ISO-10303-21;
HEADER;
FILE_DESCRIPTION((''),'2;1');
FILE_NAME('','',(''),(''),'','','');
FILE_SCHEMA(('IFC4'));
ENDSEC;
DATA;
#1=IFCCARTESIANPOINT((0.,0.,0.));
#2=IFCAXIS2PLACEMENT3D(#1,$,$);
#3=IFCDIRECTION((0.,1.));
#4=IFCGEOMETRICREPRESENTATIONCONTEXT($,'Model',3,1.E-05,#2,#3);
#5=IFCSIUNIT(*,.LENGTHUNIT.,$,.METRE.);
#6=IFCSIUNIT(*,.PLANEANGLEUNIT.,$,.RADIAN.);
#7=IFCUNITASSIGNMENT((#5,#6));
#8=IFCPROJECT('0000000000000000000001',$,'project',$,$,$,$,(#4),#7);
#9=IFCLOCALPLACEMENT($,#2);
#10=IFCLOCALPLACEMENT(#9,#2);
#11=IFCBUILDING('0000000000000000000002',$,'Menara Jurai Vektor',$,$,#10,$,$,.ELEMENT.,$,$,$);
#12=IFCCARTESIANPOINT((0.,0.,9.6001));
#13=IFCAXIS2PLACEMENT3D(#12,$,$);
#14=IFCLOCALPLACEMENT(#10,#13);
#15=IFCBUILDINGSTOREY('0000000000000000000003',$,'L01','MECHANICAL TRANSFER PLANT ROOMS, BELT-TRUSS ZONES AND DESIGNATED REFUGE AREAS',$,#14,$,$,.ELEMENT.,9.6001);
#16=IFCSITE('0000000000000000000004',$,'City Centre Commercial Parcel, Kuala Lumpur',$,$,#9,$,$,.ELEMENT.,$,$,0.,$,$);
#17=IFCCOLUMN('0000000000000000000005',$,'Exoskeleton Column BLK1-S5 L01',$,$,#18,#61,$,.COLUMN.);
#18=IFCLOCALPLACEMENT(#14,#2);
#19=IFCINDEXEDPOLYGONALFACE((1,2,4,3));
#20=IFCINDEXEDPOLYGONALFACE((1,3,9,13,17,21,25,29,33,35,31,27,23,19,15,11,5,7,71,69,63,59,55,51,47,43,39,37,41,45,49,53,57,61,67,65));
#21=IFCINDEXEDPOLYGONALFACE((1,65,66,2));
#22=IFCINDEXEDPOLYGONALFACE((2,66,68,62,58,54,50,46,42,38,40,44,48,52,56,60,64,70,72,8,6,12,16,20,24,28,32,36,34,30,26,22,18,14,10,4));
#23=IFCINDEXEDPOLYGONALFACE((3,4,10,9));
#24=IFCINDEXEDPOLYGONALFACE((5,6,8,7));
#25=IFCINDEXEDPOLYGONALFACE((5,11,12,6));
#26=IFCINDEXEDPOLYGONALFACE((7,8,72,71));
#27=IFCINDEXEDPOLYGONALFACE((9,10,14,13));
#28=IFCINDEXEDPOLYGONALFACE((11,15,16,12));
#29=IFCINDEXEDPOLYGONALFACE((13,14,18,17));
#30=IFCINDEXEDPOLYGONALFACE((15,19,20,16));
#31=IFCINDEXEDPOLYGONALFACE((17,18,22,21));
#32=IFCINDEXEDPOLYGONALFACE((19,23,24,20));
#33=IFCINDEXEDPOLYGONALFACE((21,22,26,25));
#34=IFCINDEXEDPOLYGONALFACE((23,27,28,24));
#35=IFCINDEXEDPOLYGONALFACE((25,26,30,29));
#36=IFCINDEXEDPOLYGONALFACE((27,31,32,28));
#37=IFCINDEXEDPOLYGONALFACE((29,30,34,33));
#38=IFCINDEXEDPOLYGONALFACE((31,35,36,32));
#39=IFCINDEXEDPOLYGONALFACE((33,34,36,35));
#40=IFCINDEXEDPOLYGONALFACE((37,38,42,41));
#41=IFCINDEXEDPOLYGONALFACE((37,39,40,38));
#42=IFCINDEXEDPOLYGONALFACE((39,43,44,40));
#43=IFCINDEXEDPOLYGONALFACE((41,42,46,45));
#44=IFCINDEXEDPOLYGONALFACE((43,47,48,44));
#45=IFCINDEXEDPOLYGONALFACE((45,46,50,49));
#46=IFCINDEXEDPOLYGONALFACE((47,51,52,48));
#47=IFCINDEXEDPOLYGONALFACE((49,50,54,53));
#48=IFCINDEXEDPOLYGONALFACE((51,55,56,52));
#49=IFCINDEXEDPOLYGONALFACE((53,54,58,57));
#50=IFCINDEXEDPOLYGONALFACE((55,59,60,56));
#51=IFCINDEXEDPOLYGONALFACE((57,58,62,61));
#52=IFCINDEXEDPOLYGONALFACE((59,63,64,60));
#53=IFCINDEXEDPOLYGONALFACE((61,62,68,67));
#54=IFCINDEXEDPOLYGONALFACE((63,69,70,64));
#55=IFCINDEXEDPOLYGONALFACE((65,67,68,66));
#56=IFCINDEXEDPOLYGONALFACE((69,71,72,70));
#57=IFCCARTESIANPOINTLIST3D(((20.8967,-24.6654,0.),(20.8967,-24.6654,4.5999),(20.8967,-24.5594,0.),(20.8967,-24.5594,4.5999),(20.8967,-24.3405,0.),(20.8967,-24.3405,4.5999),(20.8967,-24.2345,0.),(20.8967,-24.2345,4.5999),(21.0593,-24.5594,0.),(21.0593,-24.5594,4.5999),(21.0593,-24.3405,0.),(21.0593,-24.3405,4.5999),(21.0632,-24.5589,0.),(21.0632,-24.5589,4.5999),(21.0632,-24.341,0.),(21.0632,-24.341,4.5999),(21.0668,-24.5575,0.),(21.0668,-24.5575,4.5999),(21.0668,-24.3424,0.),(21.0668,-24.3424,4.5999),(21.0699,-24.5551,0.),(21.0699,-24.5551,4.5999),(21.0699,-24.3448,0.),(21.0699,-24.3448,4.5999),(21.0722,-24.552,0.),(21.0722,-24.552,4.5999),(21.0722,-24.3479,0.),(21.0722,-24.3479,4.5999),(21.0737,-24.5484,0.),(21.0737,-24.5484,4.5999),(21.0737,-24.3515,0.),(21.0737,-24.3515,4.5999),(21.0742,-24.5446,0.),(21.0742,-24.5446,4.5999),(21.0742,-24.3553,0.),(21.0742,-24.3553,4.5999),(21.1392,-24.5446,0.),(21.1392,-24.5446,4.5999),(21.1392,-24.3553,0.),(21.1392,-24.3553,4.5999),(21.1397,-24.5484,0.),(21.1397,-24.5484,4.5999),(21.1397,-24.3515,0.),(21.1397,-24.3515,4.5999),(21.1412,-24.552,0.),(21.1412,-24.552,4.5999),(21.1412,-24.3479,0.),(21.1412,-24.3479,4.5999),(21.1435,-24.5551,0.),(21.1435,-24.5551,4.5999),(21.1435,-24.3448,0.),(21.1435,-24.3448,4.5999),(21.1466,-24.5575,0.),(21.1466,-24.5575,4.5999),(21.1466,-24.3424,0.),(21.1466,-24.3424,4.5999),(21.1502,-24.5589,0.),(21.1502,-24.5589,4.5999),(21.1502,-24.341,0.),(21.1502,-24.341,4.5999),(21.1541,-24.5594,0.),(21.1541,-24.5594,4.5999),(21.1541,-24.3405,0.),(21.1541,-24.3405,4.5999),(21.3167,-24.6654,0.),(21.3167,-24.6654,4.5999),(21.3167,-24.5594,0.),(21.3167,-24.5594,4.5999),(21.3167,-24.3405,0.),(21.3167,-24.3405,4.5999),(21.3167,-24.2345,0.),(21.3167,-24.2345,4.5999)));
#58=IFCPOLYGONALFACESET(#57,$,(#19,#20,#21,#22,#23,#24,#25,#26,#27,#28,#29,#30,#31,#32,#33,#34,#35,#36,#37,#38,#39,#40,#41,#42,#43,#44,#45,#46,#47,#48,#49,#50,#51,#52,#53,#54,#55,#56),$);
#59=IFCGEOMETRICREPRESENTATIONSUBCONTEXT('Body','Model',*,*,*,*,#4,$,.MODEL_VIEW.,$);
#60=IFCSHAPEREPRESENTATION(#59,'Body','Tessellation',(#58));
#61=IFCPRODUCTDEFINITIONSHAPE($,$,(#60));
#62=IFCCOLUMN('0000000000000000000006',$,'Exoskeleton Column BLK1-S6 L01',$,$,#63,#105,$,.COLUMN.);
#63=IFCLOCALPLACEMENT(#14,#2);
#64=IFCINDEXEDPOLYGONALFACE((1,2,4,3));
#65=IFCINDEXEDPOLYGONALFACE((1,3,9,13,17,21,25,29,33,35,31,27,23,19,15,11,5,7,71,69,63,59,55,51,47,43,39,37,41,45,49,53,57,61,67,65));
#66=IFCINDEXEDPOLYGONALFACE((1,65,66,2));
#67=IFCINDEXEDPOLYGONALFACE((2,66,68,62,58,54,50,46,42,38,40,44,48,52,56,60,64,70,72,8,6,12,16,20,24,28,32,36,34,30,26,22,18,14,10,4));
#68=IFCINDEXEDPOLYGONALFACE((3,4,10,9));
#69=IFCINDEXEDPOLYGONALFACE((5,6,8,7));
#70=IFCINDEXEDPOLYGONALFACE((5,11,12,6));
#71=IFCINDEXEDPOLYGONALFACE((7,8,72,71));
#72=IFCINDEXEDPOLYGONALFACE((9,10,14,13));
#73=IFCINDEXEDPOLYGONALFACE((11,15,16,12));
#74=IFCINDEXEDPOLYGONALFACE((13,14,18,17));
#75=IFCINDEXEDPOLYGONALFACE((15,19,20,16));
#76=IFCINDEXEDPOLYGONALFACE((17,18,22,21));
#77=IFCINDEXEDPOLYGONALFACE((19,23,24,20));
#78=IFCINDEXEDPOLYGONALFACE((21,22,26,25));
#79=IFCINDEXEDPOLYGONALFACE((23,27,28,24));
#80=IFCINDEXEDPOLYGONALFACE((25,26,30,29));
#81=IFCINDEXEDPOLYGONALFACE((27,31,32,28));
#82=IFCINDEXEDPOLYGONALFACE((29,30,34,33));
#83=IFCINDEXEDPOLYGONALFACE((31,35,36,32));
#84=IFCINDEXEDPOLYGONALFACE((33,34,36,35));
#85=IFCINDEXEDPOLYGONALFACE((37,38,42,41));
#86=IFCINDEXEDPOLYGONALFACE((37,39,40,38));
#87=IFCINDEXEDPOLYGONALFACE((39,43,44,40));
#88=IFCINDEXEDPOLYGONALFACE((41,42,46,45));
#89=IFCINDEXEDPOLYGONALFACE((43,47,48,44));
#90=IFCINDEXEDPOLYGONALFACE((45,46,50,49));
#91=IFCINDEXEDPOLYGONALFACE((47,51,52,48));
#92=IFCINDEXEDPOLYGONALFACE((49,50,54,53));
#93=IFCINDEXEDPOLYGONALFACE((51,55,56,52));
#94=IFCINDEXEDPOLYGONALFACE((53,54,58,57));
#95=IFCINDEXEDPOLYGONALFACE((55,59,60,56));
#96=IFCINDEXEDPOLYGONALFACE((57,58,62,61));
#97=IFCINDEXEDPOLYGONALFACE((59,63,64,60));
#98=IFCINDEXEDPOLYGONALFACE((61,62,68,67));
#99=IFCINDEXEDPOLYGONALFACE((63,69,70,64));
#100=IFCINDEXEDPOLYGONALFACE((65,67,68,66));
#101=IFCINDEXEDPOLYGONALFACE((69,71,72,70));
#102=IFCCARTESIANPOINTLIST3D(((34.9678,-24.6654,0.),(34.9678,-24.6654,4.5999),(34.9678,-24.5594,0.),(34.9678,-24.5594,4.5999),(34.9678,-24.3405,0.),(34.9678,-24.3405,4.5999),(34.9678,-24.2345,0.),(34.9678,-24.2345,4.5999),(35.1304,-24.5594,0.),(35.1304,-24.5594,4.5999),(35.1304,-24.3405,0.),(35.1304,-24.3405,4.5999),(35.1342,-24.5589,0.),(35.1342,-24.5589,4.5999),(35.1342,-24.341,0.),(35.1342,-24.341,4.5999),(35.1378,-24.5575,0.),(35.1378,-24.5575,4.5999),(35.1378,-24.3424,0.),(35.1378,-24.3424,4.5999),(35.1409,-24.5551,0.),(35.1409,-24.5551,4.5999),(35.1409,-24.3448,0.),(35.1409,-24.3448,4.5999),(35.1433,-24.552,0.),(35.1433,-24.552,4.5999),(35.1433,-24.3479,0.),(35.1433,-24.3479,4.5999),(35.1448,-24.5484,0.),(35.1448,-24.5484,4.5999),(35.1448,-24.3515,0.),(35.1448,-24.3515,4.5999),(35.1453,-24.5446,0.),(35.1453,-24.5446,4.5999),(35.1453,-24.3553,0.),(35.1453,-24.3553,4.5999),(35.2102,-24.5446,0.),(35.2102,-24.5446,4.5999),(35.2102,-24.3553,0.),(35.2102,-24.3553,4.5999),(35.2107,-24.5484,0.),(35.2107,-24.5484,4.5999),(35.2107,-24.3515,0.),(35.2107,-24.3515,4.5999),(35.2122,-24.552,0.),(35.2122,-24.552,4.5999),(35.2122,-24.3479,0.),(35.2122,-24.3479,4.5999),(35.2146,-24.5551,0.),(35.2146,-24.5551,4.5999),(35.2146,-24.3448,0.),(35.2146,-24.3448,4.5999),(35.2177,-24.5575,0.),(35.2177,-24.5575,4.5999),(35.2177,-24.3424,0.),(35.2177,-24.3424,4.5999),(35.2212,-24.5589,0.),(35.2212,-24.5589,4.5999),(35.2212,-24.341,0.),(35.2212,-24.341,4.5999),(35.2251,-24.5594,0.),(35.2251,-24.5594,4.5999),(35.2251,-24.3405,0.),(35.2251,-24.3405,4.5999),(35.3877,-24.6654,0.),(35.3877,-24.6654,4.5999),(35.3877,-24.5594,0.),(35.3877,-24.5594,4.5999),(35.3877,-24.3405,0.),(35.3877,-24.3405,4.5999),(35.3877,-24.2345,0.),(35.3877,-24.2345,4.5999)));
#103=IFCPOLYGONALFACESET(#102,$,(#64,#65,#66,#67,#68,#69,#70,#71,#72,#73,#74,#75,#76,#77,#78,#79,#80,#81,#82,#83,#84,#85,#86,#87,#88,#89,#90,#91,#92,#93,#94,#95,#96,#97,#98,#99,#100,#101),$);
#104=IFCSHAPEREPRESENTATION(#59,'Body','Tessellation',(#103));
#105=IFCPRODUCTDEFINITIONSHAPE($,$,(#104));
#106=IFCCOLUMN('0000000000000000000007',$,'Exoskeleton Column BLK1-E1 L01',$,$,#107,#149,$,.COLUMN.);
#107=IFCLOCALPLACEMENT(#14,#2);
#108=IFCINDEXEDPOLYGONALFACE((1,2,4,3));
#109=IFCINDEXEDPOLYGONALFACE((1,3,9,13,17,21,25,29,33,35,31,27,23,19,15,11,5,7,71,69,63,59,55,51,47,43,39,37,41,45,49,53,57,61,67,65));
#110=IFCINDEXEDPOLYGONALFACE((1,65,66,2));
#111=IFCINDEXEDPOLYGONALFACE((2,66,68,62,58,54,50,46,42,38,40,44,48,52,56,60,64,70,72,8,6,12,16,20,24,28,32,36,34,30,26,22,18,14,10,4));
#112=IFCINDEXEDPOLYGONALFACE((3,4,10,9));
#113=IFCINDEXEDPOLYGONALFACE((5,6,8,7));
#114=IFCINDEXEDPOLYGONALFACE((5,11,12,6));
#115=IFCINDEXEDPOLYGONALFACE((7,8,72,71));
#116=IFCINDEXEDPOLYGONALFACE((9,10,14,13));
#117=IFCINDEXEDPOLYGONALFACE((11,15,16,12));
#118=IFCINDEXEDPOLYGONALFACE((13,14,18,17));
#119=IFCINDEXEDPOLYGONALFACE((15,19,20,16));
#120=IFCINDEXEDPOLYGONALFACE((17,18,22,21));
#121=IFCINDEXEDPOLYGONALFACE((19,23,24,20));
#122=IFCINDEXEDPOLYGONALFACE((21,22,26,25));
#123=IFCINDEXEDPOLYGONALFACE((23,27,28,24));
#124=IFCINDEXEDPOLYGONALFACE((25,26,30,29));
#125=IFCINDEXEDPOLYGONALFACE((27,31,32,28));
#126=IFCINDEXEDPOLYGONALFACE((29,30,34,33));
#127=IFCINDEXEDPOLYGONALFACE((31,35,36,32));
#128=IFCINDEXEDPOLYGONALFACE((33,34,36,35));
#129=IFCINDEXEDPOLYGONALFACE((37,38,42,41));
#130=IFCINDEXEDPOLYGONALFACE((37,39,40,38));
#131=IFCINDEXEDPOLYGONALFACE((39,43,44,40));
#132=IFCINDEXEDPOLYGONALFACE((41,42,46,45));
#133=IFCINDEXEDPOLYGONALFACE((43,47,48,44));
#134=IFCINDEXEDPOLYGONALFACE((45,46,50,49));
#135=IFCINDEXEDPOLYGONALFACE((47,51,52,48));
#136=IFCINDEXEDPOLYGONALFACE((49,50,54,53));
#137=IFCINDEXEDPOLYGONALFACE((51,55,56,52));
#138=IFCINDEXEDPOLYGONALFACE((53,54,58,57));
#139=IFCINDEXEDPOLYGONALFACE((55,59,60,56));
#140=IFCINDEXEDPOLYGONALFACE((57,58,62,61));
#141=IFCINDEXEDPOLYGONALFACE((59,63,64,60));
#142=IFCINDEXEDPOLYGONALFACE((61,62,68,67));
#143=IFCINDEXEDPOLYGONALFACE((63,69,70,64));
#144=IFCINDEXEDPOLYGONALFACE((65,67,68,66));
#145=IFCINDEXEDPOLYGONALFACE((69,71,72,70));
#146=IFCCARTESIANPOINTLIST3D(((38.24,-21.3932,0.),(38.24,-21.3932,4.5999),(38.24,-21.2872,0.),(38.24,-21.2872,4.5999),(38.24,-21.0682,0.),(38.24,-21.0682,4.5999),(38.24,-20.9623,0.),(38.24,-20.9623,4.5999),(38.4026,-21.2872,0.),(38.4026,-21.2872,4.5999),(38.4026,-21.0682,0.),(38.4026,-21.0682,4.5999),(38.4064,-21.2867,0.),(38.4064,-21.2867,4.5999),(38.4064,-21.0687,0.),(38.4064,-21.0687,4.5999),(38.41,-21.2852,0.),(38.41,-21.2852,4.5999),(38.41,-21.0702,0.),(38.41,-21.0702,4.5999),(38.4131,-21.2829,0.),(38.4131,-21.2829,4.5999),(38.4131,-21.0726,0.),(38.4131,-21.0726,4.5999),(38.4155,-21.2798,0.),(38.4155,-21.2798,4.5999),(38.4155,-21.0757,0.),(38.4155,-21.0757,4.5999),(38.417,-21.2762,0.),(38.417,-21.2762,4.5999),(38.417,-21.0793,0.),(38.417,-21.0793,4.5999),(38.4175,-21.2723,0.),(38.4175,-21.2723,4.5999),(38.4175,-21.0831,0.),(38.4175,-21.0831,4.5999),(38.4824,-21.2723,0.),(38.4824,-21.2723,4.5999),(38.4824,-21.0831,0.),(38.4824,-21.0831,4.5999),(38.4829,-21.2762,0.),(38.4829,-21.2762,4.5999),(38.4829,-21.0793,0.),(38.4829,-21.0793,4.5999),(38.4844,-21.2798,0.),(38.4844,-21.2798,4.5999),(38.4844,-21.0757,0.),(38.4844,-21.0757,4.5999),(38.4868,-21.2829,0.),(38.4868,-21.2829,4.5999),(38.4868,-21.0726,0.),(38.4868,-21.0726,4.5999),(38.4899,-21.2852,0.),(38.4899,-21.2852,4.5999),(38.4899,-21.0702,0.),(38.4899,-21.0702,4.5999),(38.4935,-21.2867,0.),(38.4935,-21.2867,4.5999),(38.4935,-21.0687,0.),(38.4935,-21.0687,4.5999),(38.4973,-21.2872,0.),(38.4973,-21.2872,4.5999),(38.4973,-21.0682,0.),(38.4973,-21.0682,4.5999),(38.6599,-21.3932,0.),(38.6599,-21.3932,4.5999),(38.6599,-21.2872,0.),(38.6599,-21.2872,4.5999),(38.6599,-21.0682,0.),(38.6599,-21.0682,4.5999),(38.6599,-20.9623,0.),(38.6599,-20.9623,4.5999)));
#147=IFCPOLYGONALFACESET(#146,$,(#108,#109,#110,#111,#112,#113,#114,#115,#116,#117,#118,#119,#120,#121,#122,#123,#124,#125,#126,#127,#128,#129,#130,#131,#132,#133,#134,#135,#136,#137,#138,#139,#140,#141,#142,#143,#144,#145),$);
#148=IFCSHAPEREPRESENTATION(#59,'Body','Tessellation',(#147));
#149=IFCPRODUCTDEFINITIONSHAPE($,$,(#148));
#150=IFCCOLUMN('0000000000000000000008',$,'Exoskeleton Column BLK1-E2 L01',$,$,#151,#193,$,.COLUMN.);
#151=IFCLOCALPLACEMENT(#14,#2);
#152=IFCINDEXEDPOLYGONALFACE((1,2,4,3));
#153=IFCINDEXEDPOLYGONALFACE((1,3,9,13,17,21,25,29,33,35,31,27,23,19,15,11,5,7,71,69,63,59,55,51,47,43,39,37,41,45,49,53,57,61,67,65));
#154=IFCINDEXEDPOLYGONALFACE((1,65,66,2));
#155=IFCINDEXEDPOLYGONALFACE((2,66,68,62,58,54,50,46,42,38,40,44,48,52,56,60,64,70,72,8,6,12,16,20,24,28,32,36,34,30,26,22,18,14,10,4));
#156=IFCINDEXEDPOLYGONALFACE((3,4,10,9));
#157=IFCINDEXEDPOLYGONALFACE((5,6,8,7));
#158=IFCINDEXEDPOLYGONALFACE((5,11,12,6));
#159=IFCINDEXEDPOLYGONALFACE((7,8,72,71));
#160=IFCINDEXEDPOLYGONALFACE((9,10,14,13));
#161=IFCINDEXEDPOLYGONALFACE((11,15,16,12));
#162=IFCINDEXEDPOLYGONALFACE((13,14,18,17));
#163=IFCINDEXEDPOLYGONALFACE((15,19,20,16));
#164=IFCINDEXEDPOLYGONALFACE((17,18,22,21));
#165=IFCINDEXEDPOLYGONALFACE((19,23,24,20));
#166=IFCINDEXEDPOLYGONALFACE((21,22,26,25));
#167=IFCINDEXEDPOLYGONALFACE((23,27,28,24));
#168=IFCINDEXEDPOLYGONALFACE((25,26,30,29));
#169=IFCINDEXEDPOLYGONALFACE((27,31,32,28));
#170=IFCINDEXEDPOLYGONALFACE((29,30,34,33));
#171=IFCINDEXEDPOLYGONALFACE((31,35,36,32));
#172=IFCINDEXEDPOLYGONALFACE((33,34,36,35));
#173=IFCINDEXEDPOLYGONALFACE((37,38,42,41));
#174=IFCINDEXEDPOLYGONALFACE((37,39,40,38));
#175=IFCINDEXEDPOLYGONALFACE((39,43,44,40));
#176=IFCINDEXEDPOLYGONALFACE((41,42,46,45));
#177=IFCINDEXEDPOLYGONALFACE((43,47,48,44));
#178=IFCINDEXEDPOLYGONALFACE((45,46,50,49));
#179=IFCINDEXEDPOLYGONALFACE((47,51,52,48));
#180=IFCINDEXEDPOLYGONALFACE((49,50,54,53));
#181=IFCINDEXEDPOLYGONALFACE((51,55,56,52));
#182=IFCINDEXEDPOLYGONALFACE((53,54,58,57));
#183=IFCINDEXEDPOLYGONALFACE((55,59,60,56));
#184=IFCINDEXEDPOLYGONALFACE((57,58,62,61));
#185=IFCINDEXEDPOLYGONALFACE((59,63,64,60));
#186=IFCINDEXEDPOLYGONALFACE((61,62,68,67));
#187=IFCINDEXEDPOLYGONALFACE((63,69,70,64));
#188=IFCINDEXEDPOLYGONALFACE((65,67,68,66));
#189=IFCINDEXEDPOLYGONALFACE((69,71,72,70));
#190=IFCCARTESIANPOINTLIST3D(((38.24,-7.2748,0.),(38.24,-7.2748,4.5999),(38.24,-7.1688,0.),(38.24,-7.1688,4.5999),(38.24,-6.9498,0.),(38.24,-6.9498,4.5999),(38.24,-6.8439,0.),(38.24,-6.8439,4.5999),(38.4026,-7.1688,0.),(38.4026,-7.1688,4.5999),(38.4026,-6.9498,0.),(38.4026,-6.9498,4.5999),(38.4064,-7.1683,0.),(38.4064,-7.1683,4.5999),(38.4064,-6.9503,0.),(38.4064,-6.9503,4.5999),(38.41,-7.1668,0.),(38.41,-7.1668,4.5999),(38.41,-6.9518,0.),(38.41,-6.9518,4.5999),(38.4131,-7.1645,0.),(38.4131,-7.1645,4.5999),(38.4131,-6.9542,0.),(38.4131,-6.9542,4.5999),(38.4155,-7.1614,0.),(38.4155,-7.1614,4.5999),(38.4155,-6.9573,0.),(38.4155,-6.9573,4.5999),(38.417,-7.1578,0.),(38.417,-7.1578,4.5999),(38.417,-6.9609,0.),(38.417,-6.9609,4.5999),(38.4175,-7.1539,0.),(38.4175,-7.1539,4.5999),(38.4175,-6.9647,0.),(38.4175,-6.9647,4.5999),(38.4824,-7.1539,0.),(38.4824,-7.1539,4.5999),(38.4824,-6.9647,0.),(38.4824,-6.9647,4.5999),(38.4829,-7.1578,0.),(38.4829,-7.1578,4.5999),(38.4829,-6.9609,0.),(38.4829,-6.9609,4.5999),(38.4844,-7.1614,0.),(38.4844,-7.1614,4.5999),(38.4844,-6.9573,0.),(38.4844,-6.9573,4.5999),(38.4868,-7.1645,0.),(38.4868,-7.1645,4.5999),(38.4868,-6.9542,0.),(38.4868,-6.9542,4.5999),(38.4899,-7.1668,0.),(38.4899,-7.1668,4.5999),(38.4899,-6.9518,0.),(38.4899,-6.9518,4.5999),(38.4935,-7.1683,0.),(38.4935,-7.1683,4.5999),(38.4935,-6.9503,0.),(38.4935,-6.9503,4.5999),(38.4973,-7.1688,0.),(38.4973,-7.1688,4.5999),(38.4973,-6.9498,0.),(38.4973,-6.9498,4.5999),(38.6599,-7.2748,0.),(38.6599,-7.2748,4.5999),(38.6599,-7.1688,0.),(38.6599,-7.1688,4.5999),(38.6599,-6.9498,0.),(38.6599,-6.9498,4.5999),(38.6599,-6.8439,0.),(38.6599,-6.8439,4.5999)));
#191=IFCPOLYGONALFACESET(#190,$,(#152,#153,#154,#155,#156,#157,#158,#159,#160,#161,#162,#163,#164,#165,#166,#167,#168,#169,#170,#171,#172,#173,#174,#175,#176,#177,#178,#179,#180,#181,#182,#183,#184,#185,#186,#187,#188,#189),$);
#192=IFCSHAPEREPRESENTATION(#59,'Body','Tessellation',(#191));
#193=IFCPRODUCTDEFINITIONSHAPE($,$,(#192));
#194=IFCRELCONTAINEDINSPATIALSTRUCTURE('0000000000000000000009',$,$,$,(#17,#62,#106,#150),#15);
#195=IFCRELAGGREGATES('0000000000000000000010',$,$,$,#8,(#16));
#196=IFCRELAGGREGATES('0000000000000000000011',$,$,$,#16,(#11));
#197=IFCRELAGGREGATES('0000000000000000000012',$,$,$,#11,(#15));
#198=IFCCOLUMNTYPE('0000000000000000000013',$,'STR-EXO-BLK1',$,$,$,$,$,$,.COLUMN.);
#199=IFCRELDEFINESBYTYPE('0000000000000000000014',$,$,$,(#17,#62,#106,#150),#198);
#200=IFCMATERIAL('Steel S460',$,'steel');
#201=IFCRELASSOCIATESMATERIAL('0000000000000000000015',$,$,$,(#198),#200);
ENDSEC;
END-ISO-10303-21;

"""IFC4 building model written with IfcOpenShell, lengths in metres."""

from ifc_helpers import new_model, si_unit, direction, frame, origin, origin_2d, place, context, subcontext, project, spatial, i_section, extrude, material, material_profile, profile_set, type_object, element, save


model = new_model("IFC4")

# Units and contexts
model_context = context("Model", 3, precision=1e-05, world=origin(), true_north=direction((0.0, 1.0)))
body_context = subcontext(model_context, "Body", "Model", "MODEL_VIEW")
ifc_project = project(units=[si_unit("LENGTHUNIT", "METRE"), si_unit("PLANEANGLEUNIT", "RADIAN")], contexts=[model_context])

# Site, building, storey
site_placement = place(None, origin())
site = spatial("IfcSite", under=ifc_project, at=site_placement, Name="City Centre Commercial Parcel, Kuala Lumpur", CompositionType="ELEMENT", RefElevation=0.0)
building_placement = place(site_placement, origin())
building = spatial("IfcBuilding", under=site, at=building_placement, Name="Menara Jurai Vektor", CompositionType="ELEMENT")
storey_placement = place(building_placement, frame((0.0, 0.0, 9.6001)))
storey = spatial("IfcBuildingStorey", under=building, at=storey_placement, Name="L01", Description="MECHANICAL TRANSFER PLANT ROOMS, BELT-TRUSS ZONES AND DESIGNATED REFUGE AREAS", CompositionType="ELEMENT", Elevation=9.6001)

# Columns
ifc_material_1 = material(Name="Steel S460", Category="steel")
ifc_material_profile_1 = material_profile(ifc_material_1, i_section(OverallWidth=0.4199, OverallDepth=0.4309, WebThickness=0.0649, FlangeThickness=0.106, FilletRadius=0.0149, at=origin_2d()), Name="HD 400x900")
ifc_profile_set_1 = profile_set([ifc_material_profile_1], Name="Steel S460")
column_type = type_object("IfcColumnType", Name="STR-EXO-BLK1", PredefinedType="COLUMN", material=ifc_profile_set_1)
for number, where, z_axis, x_axis, name in (
    (1, (21.1067, -24.45, 0.0), (0.0, 0.0, 1.0), (1.0, 0.0, 0.0), "Exoskeleton Column BLK1-S5 L01"),
    (2, (35.1777, -24.45, 0.0), (0.0, 0.0, 1.0), (1.0, 0.0, 0.0), "Exoskeleton Column BLK1-S6 L01"),
    (3, (38.45, -21.1777, 0.0), (0.0, 0.0, 1.0), (1.0, 0.0, 0.0), "Exoskeleton Column BLK1-E1 L01"),
    (4, (38.45, -7.0593, 0.0), (0.0, 0.0, 1.0), (1.0, 0.0, 0.0), "Exoskeleton Column BLK1-E2 L01"),
):
    element("IfcColumn", number, at=place(storey_placement, frame(where, z_axis=z_axis, x_axis=x_axis)), inside=storey, type_object=column_type, Name=name, PredefinedType="COLUMN", context=body_context, shape_type="SweptSolid", body=[
        extrude(i_section(OverallWidth=0.4199, OverallDepth=0.4309, WebThickness=0.0649, FlangeThickness=0.106, FilletRadius=0.0149, at=origin_2d()), origin(), (0.0, 0.0, 1.0), 4.5999),
    ])

save(model, "model.ifc")
